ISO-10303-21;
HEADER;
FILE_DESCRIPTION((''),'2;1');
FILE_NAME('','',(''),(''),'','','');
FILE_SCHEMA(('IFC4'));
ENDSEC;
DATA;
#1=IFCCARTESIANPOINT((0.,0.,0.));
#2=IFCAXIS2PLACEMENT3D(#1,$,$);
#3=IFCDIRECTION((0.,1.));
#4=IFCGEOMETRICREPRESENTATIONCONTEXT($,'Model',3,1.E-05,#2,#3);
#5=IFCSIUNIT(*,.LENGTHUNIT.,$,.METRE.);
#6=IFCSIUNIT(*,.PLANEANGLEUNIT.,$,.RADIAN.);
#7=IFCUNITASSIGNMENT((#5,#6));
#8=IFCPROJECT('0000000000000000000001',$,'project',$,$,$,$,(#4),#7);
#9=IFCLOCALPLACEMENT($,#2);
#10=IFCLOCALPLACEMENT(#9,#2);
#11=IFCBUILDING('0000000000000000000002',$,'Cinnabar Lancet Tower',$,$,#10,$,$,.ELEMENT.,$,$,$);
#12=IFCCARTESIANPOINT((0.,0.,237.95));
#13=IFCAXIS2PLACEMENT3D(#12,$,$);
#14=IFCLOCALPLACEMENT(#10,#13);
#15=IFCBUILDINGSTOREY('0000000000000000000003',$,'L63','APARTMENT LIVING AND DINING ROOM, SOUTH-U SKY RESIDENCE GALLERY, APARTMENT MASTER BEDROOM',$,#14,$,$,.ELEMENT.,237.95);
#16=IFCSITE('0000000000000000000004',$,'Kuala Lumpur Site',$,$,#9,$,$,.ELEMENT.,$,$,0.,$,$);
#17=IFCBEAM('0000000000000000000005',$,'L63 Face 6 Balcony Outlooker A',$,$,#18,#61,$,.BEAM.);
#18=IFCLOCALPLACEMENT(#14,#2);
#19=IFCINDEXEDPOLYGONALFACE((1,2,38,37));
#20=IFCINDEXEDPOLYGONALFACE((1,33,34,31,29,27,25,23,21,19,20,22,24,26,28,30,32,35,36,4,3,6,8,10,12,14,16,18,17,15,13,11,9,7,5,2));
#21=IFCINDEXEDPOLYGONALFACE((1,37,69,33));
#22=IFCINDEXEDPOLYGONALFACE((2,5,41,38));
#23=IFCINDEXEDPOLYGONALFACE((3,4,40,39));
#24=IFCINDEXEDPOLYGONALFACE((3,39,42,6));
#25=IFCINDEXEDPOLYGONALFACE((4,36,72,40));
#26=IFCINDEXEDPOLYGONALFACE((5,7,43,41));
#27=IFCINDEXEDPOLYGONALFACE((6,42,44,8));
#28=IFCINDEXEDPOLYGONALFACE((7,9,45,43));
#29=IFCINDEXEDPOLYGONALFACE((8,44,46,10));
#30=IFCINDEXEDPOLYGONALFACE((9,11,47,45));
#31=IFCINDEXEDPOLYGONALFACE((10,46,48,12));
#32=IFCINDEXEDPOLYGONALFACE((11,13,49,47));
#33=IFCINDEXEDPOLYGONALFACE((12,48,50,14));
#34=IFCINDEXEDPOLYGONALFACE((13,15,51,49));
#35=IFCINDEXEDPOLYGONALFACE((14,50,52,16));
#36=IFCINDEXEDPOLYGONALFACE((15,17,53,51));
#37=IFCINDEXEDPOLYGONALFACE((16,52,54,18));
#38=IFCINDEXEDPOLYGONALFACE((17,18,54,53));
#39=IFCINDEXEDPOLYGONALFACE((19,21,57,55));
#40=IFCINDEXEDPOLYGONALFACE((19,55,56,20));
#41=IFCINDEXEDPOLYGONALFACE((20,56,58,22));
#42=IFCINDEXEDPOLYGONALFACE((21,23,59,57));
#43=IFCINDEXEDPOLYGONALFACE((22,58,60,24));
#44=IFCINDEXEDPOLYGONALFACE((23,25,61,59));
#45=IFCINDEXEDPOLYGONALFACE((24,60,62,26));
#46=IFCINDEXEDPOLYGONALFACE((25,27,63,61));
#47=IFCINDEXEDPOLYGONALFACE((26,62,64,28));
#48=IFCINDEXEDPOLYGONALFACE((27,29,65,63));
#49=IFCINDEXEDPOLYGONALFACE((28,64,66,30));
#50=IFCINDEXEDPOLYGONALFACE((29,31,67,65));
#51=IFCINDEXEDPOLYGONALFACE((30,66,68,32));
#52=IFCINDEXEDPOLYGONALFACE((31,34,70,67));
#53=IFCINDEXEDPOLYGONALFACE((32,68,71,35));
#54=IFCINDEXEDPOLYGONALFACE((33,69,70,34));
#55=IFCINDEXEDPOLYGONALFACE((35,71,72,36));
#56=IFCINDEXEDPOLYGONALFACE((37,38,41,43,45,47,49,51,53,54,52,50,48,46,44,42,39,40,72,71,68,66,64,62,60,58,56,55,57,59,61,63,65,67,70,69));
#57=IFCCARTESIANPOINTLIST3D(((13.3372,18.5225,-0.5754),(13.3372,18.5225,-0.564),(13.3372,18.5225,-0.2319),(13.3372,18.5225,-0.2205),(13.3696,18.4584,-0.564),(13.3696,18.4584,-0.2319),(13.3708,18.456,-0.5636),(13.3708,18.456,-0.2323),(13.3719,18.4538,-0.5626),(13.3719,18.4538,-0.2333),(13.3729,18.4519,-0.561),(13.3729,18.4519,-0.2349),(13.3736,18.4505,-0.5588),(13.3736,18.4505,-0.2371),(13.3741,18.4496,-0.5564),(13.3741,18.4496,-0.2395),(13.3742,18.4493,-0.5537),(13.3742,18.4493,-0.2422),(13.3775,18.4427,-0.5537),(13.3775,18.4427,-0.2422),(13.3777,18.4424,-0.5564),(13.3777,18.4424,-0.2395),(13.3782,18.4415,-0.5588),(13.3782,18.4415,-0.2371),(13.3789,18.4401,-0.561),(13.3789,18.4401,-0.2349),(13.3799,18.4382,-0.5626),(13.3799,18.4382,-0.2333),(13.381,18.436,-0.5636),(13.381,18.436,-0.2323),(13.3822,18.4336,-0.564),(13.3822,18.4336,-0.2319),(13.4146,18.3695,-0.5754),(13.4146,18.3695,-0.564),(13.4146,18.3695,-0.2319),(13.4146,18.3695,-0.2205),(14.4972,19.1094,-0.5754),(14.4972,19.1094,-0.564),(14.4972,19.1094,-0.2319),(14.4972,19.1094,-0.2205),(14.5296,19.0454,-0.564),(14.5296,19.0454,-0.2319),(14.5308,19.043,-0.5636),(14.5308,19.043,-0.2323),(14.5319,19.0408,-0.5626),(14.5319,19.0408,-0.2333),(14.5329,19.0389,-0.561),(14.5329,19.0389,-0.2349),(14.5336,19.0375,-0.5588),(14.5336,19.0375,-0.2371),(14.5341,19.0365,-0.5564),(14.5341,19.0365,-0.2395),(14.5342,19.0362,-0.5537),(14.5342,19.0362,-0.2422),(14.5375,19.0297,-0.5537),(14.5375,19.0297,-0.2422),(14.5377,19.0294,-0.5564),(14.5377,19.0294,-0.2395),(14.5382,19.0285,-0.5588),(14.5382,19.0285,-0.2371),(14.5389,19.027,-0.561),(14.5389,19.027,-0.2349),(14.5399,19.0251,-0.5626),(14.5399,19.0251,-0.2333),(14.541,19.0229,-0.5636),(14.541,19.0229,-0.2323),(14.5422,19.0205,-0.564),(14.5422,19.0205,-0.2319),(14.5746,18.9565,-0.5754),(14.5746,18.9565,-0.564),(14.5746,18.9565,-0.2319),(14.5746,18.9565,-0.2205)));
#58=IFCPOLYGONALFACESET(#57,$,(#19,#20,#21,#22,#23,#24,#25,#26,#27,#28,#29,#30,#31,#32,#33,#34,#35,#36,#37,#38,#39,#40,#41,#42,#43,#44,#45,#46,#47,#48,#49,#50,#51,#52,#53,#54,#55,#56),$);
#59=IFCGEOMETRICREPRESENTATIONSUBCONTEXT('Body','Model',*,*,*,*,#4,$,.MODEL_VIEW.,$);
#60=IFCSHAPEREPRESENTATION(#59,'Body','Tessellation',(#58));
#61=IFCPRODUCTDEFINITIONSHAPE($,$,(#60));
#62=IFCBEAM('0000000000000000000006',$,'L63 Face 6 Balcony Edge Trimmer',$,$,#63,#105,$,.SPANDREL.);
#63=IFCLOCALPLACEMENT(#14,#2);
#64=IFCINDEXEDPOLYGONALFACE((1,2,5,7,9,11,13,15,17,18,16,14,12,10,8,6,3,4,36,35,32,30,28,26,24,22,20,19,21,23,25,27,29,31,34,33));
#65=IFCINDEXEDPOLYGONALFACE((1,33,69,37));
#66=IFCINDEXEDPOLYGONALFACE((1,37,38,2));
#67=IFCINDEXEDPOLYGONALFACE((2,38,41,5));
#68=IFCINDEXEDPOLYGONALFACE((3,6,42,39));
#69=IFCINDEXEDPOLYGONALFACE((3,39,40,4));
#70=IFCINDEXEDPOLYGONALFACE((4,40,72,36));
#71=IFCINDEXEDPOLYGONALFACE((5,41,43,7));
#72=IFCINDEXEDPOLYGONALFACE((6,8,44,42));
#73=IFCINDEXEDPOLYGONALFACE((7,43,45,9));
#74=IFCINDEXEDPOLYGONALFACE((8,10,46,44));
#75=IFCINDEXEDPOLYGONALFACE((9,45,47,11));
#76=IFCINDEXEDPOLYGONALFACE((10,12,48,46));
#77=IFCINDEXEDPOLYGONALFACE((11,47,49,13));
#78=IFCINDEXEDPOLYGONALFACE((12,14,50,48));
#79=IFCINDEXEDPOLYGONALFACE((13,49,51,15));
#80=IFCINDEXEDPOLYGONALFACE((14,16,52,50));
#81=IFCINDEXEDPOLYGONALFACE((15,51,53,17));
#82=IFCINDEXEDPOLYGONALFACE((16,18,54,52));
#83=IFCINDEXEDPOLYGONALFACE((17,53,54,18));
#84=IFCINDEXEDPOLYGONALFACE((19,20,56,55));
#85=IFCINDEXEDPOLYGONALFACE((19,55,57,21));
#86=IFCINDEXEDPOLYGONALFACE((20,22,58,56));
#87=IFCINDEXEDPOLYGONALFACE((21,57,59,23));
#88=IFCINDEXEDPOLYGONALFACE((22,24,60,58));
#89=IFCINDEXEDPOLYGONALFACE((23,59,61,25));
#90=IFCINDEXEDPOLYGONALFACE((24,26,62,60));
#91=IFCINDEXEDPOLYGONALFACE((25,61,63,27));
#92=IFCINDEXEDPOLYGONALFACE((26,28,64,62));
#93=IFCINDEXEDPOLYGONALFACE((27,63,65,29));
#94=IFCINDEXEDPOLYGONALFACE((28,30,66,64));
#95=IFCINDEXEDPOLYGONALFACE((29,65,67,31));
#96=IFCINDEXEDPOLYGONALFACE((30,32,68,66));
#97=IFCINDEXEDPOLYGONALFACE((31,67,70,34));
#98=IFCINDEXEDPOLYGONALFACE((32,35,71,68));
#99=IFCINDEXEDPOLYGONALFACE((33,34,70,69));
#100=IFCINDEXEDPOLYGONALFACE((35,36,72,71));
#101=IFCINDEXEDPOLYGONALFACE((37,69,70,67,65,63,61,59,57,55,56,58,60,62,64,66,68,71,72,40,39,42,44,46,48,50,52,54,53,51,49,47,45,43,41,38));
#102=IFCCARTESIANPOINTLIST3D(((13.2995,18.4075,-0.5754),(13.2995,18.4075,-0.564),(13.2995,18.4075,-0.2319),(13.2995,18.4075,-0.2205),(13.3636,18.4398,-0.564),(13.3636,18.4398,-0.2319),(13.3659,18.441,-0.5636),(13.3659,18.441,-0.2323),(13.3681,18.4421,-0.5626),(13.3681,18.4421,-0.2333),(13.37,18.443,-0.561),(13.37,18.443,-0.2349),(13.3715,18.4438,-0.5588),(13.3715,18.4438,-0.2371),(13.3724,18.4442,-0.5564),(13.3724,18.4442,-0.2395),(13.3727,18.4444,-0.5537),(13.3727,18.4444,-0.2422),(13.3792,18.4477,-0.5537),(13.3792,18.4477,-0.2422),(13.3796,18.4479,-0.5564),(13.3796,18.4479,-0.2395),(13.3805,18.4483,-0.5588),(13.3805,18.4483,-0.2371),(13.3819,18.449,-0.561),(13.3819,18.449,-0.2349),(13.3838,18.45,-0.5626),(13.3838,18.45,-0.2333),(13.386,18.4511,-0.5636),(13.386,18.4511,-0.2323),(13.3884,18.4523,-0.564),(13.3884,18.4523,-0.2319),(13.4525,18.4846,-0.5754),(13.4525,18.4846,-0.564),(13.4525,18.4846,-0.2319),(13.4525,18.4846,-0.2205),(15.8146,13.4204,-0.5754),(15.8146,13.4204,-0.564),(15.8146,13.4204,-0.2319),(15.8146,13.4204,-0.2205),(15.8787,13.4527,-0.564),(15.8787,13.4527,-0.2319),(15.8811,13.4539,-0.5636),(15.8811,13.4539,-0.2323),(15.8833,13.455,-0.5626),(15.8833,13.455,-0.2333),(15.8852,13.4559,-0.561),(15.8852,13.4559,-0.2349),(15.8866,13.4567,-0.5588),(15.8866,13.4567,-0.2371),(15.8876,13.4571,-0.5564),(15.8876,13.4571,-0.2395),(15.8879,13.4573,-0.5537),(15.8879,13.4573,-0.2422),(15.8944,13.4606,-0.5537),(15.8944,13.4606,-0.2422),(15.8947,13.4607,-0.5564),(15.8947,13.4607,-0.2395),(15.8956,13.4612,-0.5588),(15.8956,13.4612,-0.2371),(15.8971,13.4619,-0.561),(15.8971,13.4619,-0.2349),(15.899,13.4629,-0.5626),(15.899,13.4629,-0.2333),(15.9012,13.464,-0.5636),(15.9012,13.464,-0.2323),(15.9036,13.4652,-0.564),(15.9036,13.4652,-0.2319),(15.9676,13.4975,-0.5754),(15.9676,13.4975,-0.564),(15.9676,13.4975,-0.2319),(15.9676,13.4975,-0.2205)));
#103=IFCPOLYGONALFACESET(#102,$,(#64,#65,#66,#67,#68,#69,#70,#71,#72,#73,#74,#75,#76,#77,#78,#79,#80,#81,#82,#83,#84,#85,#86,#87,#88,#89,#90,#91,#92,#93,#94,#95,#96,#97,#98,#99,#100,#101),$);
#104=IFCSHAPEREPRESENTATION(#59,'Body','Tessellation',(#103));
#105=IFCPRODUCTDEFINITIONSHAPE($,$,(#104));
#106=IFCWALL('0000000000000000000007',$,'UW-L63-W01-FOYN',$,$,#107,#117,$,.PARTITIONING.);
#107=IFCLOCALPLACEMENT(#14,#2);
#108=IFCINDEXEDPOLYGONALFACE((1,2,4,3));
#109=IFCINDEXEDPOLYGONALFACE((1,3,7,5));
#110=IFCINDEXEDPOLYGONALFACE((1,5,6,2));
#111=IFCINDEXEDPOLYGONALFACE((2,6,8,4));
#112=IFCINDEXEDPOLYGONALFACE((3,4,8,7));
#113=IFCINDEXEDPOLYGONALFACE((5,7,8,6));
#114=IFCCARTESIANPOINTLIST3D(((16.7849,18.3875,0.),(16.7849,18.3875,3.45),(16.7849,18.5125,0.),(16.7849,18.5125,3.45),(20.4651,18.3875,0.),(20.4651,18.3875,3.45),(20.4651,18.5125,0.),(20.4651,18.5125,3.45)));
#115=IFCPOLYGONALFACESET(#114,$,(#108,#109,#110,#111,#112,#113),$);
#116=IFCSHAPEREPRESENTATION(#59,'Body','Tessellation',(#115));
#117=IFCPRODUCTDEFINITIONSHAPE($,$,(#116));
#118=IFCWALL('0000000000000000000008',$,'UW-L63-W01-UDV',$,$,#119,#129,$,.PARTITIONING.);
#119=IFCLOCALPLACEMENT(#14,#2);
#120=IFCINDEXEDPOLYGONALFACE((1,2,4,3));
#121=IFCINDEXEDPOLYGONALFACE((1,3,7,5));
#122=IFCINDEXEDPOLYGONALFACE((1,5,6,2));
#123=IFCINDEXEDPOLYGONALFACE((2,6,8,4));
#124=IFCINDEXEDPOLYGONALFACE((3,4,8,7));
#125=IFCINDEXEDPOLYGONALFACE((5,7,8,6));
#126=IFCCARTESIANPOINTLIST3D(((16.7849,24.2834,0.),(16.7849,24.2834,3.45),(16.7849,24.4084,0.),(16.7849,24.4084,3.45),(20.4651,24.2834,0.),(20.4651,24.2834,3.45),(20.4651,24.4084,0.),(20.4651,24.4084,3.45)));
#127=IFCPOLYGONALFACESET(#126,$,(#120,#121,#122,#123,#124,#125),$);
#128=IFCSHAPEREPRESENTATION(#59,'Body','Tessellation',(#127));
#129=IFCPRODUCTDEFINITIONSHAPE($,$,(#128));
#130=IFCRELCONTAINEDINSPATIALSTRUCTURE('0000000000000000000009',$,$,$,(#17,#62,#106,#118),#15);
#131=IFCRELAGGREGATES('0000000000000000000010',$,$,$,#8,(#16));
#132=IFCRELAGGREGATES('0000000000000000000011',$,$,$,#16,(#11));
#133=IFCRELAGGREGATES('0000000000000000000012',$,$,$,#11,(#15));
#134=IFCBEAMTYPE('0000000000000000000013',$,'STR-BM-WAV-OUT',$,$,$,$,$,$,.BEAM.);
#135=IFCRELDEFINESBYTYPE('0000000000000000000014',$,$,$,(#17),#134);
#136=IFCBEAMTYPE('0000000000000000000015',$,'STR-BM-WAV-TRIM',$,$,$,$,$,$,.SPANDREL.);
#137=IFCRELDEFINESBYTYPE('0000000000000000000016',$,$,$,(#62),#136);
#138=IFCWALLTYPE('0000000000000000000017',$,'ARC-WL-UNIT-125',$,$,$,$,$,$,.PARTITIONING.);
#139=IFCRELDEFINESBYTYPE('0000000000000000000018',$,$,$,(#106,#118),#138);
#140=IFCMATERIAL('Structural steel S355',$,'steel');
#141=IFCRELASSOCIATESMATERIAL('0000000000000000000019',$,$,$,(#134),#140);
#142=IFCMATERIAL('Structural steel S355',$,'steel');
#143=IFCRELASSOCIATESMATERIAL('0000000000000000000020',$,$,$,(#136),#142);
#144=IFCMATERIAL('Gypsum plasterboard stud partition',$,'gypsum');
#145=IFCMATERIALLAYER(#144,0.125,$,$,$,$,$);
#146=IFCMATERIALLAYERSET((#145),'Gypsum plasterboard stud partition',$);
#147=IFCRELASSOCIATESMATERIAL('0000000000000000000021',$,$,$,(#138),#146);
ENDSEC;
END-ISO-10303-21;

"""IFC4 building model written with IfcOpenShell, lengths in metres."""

from ifc_helpers import new_model, si_unit, direction, frame, frame_2d, origin, origin_2d, place, context, subcontext, project, spatial, rectangle, i_section, extrude, material, layer, layer_set, material_profile, profile_set, type_object, element, save


model = new_model("IFC4")

# Units and contexts
model_context = context("Model", 3, precision=1e-05, world=origin(), true_north=direction((0.0, 1.0)))
body_context = subcontext(model_context, "Body", "Model", "MODEL_VIEW")
ifc_project = project(units=[si_unit("LENGTHUNIT", "METRE"), si_unit("PLANEANGLEUNIT", "RADIAN")], contexts=[model_context])

# Site, building, storey
site_placement = place(None, origin())
site = spatial("IfcSite", under=ifc_project, at=site_placement, Name="Kuala Lumpur Site", CompositionType="ELEMENT", RefElevation=0.0)
building_placement = place(site_placement, origin())
building = spatial("IfcBuilding", under=site, at=building_placement, Name="Cinnabar Lancet Tower", CompositionType="ELEMENT")
storey_placement = place(building_placement, frame((0.0, 0.0, 237.95)))
storey = spatial("IfcBuildingStorey", under=building, at=storey_placement, Name="L63", Description="APARTMENT LIVING AND DINING ROOM, SOUTH-U SKY RESIDENCE GALLERY, APARTMENT MASTER BEDROOM", CompositionType="ELEMENT", Elevation=237.95)

# Beams
ifc_material_1 = material(Name="Structural steel S355", Category="steel")
ifc_material_profile_1 = material_profile(ifc_material_1, i_section(OverallWidth=0.1714, OverallDepth=0.355, WebThickness=0.0073, FlangeThickness=0.0115, FilletRadius=0.0103, at=origin_2d()), Name="UKB 356x171x51")
ifc_profile_set_1 = profile_set([ifc_material_profile_1], Name="Structural steel S355")
beam_type_1 = type_object("IfcBeamType", Name="STR-BM-WAV-OUT", PredefinedType="BEAM", material=ifc_profile_set_1)
beam_1_placement = place(storey_placement, frame((14.5359, 19.033, -0.3979), z_axis=(-0.892276, -0.45149, 0.0), x_axis=(0.45149, -0.892276, 0.0)))
element("IfcBeam", 1, at=beam_1_placement, inside=storey, type_object=beam_type_1, Name="L63 Face 6 Balcony Outlooker A", PredefinedType="BEAM", context=body_context, shape_type="SweptSolid", body=[
    extrude(i_section(OverallWidth=0.1714, OverallDepth=0.355, WebThickness=0.0073, FlangeThickness=0.0115, FilletRadius=0.0103, at=origin_2d()), origin(), (0.0, 0.0, 1.0), 1.3),
])
ifc_material_2 = material(Name="Structural steel S355", Category="steel")
ifc_material_profile_2 = material_profile(ifc_material_2, i_section(OverallWidth=0.1714, OverallDepth=0.355, WebThickness=0.0073, FlangeThickness=0.0115, FilletRadius=0.0103, at=origin_2d()), Name="UKB 356x171x51")
ifc_profile_set_2 = profile_set([ifc_material_profile_2], Name="Structural steel S355")
beam_type_2 = type_object("IfcBeamType", Name="STR-BM-WAV-TRIM", PredefinedType="SPANDREL", material=ifc_profile_set_2)
beam_2_placement = place(storey_placement, frame((13.376, 18.446, -0.3979), z_axis=(0.450306, -0.892874, 0.0), x_axis=(0.892874, 0.450306, 0.0)))
element("IfcBeam", 2, at=beam_2_placement, inside=storey, type_object=beam_type_2, Name="L63 Face 6 Balcony Edge Trimmer", PredefinedType="SPANDREL", context=body_context, shape_type="SweptSolid", body=[
    extrude(i_section(OverallWidth=0.1714, OverallDepth=0.355, WebThickness=0.0073, FlangeThickness=0.0115, FilletRadius=0.0103, at=origin_2d()), origin(), (0.0, 0.0, 1.0), 5.5854),
])

# Walls
ifc_material_3 = material(Name="Gypsum plasterboard stud partition", Category="gypsum")
ifc_layer_1 = layer(ifc_material_3, 0.125)
ifc_layer_set_1 = layer_set([ifc_layer_1], Name="Gypsum plasterboard stud partition")
wall_type_1 = type_object("IfcWallType", Name="ARC-WL-UNIT-125", PredefinedType="PARTITIONING", material=ifc_layer_set_1)
for number, where, z_axis, x_axis, name in (
    (3, (16.7849, 18.45, 0.0), (0.0, 0.0, 1.0), (1.0, 0.0, 0.0), "UW-L63-W01-FOYN"),
    (4, (16.7849, 24.3459, 0.0), (0.0, 0.0, 1.0), (1.0, 0.0, 0.0), "UW-L63-W01-UDV"),
):
    element("IfcWall", number, at=place(storey_placement, frame(where, z_axis=z_axis, x_axis=x_axis)), inside=storey, type_object=wall_type_1, Name=name, PredefinedType="PARTITIONING", context=body_context, shape_type="SweptSolid", body=[
        extrude(rectangle(XDim=3.6802, YDim=0.125, at=frame_2d((1.8401, 0.0))), origin(), (0.0, 0.0, 1.0), 3.45),
    ])

save(model, "model.ifc")
